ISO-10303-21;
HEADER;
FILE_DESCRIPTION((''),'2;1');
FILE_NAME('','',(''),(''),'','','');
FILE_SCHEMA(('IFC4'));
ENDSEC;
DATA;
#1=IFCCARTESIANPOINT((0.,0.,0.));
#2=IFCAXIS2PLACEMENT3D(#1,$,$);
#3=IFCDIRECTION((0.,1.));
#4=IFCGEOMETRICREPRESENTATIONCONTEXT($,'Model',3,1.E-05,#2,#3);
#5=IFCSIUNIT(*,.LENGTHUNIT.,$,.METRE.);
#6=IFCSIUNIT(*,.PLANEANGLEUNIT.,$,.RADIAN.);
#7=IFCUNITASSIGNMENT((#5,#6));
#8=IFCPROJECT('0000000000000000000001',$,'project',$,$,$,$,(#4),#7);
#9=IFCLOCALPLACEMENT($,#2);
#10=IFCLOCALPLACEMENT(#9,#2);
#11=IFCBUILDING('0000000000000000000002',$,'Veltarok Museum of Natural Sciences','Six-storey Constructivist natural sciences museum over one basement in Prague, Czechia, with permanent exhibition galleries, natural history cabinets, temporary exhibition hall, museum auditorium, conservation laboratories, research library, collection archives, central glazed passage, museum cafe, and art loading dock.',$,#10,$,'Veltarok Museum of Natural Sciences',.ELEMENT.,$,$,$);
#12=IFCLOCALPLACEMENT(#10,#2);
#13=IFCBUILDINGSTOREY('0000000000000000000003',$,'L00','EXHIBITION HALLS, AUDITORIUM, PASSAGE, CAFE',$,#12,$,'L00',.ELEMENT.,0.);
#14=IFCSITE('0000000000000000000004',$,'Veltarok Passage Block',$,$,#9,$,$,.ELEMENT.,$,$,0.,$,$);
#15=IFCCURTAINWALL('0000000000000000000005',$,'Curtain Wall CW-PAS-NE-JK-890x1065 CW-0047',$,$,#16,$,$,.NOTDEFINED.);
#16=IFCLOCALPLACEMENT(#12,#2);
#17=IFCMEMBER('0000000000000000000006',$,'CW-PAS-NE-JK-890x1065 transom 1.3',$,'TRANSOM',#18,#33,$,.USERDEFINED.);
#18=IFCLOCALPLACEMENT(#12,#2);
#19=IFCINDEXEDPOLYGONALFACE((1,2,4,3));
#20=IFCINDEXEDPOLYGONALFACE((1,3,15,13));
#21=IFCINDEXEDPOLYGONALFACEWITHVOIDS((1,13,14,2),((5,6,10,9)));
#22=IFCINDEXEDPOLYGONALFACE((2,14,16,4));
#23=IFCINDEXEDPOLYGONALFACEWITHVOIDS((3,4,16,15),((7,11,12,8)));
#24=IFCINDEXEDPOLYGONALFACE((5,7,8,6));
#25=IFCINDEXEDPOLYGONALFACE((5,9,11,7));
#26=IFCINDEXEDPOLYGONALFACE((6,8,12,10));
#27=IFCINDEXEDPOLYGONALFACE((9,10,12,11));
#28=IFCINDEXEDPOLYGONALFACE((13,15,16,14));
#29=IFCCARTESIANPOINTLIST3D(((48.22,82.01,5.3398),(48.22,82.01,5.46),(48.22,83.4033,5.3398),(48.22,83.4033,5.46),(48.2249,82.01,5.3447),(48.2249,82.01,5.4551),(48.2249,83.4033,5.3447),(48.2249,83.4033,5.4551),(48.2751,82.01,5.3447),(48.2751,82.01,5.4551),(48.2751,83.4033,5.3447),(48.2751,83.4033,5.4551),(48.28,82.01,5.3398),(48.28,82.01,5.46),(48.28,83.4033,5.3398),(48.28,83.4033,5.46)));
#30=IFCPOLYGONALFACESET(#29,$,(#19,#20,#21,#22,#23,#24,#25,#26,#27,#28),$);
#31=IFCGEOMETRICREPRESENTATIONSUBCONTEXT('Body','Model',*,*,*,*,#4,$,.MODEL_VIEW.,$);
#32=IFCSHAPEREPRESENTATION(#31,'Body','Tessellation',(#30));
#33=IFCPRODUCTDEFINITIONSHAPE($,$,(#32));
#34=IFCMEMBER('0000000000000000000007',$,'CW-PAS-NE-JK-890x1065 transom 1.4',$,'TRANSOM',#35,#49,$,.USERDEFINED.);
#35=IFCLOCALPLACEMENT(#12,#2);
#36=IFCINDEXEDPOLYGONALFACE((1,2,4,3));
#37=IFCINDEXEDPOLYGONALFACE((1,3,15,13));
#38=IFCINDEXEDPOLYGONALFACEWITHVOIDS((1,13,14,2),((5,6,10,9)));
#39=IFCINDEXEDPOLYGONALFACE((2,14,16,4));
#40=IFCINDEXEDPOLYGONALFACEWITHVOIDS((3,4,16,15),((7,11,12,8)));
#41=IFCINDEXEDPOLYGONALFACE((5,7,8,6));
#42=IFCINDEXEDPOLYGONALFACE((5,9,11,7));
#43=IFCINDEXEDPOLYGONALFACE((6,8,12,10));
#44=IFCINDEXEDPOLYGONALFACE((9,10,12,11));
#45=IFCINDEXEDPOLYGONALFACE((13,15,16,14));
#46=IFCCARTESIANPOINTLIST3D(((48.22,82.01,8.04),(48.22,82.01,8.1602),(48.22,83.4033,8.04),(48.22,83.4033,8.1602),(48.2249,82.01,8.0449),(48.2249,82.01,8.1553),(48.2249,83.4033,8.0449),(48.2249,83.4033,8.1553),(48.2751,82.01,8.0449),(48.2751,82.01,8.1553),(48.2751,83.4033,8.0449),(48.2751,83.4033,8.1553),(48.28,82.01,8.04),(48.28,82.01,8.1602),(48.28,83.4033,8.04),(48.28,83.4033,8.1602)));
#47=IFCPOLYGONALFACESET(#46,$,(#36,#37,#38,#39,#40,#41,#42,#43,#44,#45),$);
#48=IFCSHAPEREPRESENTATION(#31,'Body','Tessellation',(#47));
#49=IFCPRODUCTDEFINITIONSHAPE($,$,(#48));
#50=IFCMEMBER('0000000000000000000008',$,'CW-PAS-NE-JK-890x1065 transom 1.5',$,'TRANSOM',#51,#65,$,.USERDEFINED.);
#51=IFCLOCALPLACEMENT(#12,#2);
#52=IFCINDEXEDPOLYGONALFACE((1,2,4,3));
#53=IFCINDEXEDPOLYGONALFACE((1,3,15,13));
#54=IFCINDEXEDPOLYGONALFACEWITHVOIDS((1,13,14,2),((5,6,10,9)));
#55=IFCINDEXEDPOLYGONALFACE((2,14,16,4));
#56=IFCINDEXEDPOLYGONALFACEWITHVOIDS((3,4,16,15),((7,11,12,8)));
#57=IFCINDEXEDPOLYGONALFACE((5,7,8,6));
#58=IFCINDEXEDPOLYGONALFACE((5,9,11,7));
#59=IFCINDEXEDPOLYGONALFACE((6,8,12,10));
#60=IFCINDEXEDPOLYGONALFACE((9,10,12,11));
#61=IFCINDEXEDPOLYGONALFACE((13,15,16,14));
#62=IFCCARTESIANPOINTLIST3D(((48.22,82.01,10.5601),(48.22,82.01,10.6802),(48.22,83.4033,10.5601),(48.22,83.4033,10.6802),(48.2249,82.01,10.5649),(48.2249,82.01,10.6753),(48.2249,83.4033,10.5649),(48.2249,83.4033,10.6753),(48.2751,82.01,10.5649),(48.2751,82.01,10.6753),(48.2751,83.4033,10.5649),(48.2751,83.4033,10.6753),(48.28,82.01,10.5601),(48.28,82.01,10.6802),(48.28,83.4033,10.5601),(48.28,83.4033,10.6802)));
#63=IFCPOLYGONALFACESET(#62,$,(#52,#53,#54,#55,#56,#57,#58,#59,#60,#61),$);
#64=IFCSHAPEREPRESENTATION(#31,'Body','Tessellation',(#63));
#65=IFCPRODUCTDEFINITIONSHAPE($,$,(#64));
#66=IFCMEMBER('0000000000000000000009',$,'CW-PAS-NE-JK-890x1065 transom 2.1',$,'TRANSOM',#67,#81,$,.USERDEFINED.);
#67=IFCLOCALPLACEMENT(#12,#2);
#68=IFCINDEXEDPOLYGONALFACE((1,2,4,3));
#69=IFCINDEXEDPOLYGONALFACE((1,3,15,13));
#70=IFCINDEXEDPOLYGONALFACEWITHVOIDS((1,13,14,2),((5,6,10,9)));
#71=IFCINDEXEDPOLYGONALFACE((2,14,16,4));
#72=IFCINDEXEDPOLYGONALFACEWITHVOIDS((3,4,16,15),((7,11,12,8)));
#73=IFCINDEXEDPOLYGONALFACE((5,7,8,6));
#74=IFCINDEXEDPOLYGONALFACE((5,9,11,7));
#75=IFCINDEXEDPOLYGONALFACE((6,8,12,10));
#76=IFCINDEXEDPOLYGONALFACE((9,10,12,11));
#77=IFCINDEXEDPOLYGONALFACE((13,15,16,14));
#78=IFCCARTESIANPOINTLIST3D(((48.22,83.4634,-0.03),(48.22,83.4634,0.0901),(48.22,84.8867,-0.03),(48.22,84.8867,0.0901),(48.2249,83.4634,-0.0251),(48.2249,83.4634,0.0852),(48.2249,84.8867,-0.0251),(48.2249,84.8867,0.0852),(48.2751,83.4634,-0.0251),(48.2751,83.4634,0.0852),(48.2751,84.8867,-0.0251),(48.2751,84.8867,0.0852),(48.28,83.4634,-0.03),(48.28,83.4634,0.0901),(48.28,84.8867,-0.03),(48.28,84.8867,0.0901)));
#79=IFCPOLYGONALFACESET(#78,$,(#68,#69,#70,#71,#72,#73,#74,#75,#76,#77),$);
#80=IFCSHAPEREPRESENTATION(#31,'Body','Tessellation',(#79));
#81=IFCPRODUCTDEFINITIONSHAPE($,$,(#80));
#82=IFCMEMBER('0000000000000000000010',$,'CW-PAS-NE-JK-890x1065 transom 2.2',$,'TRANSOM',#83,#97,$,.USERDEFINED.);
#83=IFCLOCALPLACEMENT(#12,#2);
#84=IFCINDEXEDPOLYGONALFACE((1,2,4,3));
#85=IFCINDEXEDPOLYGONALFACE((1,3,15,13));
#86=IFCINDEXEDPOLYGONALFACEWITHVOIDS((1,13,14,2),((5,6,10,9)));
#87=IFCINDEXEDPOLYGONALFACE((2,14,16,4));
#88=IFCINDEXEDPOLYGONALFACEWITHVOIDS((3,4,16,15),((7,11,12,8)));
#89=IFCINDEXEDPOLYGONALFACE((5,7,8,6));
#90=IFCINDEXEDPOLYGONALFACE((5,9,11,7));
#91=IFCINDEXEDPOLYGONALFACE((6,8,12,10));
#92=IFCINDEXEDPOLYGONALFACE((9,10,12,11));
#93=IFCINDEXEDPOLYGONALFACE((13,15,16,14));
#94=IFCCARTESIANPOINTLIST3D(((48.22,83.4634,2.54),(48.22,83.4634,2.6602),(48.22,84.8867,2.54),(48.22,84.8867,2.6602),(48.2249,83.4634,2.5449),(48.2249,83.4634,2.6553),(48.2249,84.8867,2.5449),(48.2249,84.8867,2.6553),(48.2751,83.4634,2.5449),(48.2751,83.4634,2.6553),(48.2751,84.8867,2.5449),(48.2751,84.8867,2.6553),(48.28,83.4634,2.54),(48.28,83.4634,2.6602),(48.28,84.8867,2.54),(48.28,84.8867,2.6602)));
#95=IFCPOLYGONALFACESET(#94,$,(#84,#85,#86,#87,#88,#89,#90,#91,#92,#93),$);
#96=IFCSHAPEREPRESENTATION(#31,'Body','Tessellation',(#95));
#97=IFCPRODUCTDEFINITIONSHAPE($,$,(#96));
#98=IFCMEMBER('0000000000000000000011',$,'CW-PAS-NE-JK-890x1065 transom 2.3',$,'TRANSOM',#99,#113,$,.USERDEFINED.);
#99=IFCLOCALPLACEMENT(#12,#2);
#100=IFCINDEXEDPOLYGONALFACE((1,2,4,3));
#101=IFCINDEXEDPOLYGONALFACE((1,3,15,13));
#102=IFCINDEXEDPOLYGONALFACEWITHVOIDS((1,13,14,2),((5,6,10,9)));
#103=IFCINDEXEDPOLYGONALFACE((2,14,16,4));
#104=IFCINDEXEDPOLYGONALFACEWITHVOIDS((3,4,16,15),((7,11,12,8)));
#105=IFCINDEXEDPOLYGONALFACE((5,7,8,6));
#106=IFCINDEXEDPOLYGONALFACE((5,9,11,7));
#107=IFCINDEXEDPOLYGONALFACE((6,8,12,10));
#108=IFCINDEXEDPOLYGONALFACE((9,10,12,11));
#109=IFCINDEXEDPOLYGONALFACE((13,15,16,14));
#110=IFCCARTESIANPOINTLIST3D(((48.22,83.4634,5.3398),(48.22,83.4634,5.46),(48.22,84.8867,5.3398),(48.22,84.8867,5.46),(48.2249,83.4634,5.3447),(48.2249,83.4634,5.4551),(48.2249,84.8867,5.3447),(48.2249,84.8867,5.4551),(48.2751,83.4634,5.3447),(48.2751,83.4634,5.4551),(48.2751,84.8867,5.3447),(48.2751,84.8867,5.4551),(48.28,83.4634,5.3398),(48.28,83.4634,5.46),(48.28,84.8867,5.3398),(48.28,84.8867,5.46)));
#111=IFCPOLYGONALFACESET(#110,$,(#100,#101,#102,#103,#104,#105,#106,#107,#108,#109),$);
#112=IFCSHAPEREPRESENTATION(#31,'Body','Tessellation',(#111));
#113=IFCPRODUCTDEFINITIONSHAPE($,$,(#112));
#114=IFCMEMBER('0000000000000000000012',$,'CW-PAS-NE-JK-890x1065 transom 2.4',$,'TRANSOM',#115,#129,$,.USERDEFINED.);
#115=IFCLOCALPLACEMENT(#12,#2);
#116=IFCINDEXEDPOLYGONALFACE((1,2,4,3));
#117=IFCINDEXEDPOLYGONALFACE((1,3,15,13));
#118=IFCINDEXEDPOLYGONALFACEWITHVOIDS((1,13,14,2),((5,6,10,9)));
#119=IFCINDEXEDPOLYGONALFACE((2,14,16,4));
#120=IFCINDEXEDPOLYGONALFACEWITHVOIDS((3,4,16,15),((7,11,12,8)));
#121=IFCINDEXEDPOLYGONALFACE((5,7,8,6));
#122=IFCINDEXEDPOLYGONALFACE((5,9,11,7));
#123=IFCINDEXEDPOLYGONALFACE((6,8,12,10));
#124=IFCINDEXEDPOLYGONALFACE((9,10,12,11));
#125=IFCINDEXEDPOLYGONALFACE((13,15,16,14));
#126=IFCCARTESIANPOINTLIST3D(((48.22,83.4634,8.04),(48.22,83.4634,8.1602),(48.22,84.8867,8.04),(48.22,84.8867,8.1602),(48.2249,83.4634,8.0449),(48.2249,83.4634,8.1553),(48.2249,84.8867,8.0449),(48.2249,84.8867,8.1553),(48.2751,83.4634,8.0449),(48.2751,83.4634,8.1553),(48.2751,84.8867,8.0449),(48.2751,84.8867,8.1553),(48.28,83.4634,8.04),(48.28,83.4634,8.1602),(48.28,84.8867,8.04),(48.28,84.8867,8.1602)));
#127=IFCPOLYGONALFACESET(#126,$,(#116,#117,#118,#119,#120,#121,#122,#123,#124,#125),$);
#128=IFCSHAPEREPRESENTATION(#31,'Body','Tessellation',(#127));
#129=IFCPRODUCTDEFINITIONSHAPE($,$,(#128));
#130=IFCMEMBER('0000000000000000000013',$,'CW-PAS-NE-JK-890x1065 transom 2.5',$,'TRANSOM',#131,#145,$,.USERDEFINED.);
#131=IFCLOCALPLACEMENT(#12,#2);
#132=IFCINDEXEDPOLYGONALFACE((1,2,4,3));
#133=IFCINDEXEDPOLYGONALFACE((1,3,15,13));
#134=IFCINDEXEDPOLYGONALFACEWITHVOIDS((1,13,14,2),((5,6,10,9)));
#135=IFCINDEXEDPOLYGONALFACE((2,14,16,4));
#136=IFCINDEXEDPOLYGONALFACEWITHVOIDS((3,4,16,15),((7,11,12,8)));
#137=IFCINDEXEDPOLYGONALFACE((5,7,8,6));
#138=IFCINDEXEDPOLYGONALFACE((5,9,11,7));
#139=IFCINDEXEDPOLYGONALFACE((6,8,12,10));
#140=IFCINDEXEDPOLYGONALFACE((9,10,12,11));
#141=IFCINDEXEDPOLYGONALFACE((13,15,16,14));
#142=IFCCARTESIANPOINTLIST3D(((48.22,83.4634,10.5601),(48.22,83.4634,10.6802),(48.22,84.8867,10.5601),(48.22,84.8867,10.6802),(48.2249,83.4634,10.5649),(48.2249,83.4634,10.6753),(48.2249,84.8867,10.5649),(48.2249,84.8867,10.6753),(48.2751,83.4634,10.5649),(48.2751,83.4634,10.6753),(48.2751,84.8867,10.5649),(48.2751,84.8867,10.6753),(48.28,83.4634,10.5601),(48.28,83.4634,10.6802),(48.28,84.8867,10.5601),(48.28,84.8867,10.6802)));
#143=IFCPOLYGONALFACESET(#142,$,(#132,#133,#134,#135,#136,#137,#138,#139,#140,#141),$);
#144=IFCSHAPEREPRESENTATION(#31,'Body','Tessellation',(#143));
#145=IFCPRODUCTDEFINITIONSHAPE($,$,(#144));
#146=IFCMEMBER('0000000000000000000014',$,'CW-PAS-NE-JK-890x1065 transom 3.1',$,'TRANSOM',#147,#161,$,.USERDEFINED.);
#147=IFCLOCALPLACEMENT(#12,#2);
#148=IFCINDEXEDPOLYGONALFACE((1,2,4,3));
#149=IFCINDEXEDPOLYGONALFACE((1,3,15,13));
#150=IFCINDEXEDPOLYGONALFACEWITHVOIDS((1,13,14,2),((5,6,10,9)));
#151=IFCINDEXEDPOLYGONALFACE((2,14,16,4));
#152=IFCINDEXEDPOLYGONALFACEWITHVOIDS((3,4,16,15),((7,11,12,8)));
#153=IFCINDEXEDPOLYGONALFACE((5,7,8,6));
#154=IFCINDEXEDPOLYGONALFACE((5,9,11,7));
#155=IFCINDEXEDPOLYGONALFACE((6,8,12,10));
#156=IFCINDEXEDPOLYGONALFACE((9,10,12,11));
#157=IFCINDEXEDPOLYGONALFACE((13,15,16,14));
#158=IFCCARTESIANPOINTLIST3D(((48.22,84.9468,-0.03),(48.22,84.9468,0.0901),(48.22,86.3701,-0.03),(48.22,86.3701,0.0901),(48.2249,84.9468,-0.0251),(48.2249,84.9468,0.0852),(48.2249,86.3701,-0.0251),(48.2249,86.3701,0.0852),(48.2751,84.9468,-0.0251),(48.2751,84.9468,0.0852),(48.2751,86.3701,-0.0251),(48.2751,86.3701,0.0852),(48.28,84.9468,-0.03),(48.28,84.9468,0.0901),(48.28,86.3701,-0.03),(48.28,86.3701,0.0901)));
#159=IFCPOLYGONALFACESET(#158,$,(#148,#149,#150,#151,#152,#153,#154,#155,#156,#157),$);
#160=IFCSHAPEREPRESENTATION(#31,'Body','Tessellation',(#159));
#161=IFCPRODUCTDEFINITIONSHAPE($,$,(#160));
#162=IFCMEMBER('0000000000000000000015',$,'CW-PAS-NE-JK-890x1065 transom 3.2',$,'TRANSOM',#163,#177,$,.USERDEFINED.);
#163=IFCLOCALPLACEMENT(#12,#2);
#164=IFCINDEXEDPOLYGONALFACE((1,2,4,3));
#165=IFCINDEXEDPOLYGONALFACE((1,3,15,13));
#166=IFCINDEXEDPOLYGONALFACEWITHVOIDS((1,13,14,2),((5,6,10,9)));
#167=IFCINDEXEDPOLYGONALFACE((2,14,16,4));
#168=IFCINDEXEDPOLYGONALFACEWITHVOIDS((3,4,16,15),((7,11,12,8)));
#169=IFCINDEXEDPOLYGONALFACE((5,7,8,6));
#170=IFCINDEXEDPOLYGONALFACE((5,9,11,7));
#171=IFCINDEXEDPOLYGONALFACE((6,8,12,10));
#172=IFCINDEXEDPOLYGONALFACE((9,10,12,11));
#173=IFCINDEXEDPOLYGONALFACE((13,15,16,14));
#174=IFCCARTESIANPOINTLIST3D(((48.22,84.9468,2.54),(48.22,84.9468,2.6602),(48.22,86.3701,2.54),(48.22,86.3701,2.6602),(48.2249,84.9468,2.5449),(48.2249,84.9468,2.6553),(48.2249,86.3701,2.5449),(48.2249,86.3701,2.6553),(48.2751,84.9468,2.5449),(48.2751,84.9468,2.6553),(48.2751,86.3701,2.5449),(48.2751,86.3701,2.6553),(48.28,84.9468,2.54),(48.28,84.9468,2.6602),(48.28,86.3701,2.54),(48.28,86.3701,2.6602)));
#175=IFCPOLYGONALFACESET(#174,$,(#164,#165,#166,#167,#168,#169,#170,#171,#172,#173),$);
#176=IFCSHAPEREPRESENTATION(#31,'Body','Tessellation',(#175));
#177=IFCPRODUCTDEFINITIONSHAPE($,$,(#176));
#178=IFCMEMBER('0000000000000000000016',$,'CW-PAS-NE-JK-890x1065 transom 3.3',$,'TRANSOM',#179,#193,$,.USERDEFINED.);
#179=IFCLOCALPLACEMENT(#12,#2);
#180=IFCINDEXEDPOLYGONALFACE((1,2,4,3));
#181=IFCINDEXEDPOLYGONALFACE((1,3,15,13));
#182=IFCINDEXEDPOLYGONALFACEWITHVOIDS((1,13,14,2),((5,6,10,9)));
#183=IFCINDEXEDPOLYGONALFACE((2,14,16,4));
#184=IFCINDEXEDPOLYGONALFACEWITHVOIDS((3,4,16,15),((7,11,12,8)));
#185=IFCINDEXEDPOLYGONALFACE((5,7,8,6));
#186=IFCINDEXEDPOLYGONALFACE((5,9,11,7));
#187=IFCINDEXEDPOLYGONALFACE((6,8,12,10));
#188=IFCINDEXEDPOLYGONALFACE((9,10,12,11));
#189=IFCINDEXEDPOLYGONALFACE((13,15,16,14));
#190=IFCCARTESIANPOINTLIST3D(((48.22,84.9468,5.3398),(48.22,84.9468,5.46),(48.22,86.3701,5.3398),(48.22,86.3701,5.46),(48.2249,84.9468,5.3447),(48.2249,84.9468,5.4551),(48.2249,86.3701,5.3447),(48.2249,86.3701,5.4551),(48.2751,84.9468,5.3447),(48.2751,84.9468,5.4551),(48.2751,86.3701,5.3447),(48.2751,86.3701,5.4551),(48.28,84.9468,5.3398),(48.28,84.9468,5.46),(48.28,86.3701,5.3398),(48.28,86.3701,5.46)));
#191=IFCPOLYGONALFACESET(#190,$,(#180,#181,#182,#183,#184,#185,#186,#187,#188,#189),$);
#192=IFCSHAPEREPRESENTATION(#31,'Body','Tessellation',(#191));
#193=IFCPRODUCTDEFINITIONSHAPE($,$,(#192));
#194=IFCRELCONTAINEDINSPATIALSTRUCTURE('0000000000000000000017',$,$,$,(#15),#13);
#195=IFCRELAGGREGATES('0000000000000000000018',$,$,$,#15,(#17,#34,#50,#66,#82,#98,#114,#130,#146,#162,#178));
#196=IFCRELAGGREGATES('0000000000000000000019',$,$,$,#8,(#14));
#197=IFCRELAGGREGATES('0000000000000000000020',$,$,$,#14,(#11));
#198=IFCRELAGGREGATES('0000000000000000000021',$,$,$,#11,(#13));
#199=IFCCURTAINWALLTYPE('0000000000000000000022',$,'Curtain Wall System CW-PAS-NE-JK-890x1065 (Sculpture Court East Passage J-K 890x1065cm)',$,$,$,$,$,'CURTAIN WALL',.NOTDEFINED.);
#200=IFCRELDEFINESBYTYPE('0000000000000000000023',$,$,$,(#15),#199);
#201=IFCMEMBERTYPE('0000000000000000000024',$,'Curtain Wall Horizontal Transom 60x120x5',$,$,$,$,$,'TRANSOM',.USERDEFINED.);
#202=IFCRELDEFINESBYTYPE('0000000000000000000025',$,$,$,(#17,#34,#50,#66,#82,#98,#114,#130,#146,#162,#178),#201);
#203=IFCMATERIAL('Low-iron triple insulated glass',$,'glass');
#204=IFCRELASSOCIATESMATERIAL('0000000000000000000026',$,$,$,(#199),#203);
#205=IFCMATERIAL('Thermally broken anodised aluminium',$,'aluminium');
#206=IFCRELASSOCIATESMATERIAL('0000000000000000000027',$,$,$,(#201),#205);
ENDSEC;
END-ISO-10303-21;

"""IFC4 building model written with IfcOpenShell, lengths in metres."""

from ifc_helpers import new_model, si_unit, direction, frame, origin, origin_2d, place, context, subcontext, project, spatial, hollow_rectangle, extrude, material, material_profile, profile_set, type_object, element, aggregate, save


model = new_model("IFC4")

# Units and contexts
model_context = context("Model", 3, precision=1e-05, world=origin(), true_north=direction((0.0, 1.0)))
body_context = subcontext(model_context, "Body", "Model", "MODEL_VIEW")
ifc_project = project(units=[si_unit("LENGTHUNIT", "METRE"), si_unit("PLANEANGLEUNIT", "RADIAN")], contexts=[model_context])

# Site, building, storey
site_placement = place(None, origin())
site = spatial("IfcSite", under=ifc_project, at=site_placement, Name="Veltarok Passage Block", CompositionType="ELEMENT", RefElevation=0.0)
building_placement = place(site_placement, origin())
building = spatial("IfcBuilding", under=site, at=building_placement, Name="Veltarok Museum of Natural Sciences", Description="Six-storey Constructivist natural sciences museum over one basement in Prague, Czechia, with permanent exhibition galleries, natural history cabinets, temporary exhibition hall, museum auditorium, conservation laboratories, research library, collection archives, central glazed passage, museum cafe, and art loading dock.", LongName="Veltarok Museum of Natural Sciences", CompositionType="ELEMENT")
storey_placement = place(building_placement, origin())
storey = spatial("IfcBuildingStorey", under=building, at=storey_placement, Name="L00", Description="EXHIBITION HALLS, AUDITORIUM, PASSAGE, CAFE", LongName="L00", CompositionType="ELEMENT", Elevation=0.0)

# Curtain wall, members
ifc_material_1 = material(Name="Low-iron triple insulated glass", Category="glass")
curtain_wall_type = type_object("IfcCurtainWallType", Name="Curtain Wall System CW-PAS-NE-JK-890x1065 (Sculpture Court East Passage J-K 890x1065cm)", ElementType="CURTAIN WALL", PredefinedType="NOTDEFINED", material=ifc_material_1)
curtain_wall_placement = place(storey_placement, origin())
curtain_wall = element("IfcCurtainWall", 1, at=curtain_wall_placement, inside=storey, type_object=curtain_wall_type, Name="Curtain Wall CW-PAS-NE-JK-890x1065 CW-0047", PredefinedType="NOTDEFINED")
ifc_material_2 = material(Name="Thermally broken anodised aluminium", Category="aluminium")
ifc_material_profile_1 = material_profile(ifc_material_2, hollow_rectangle(XDim=0.0601, YDim=0.1201, WallThickness=0.0049, at=origin_2d()), Name="CW TRANSOM 60x120x5")
ifc_profile_set_1 = profile_set([ifc_material_profile_1], Name="Thermally broken anodised aluminium")
member_type_1 = type_object("IfcMemberType", Name="Curtain Wall Horizontal Transom 60x120x5", ElementType="TRANSOM", PredefinedType="USERDEFINED", material=ifc_profile_set_1)
member_1_placement = place(storey_placement, frame((48.25, 82.01, 5.3999), z_axis=(0.0, 1.0, 0.0), x_axis=(-1.0, 0.0, 0.0)))
member_1 = element("IfcMember", 2, at=member_1_placement, type_object=member_type_1, Name="CW-PAS-NE-JK-890x1065 transom 1.3", ObjectType="TRANSOM", PredefinedType="USERDEFINED", context=body_context, shape_type="SweptSolid", body=[
    extrude(hollow_rectangle(XDim=0.0601, YDim=0.1201, WallThickness=0.0049, at=origin_2d()), origin(), (0.0, 0.0, 1.0), 1.3933),
])
member_2_placement = place(storey_placement, frame((48.25, 82.01, 8.1001), z_axis=(0.0, 1.0, 0.0), x_axis=(-1.0, 0.0, 0.0)))
member_2 = element("IfcMember", 3, at=member_2_placement, type_object=member_type_1, Name="CW-PAS-NE-JK-890x1065 transom 1.4", ObjectType="TRANSOM", PredefinedType="USERDEFINED", context=body_context, shape_type="SweptSolid", body=[
    extrude(hollow_rectangle(XDim=0.0601, YDim=0.1201, WallThickness=0.0049, at=origin_2d()), origin(), (0.0, 0.0, 1.0), 1.3933),
])
member_3_placement = place(storey_placement, frame((48.25, 82.01, 10.6201), z_axis=(0.0, 1.0, 0.0), x_axis=(-1.0, 0.0, 0.0)))
member_3 = element("IfcMember", 4, at=member_3_placement, type_object=member_type_1, Name="CW-PAS-NE-JK-890x1065 transom 1.5", ObjectType="TRANSOM", PredefinedType="USERDEFINED", context=body_context, shape_type="SweptSolid", body=[
    extrude(hollow_rectangle(XDim=0.0601, YDim=0.1201, WallThickness=0.0049, at=origin_2d()), origin(), (0.0, 0.0, 1.0), 1.3933),
])
member_4_placement = place(storey_placement, frame((48.25, 83.4634, 0.03), z_axis=(0.0, 1.0, 0.0), x_axis=(-1.0, 0.0, 0.0)))
member_4 = element("IfcMember", 5, at=member_4_placement, type_object=member_type_1, Name="CW-PAS-NE-JK-890x1065 transom 2.1", ObjectType="TRANSOM", PredefinedType="USERDEFINED", context=body_context, shape_type="SweptSolid", body=[
    extrude(hollow_rectangle(XDim=0.0601, YDim=0.1201, WallThickness=0.0049, at=origin_2d()), origin(), (0.0, 0.0, 1.0), 1.4233),
])
member_5_placement = place(storey_placement, frame((48.25, 83.4634, 2.6001), z_axis=(0.0, 1.0, 0.0), x_axis=(-1.0, 0.0, 0.0)))
member_5 = element("IfcMember", 6, at=member_5_placement, type_object=member_type_1, Name="CW-PAS-NE-JK-890x1065 transom 2.2", ObjectType="TRANSOM", PredefinedType="USERDEFINED", context=body_context, shape_type="SweptSolid", body=[
    extrude(hollow_rectangle(XDim=0.0601, YDim=0.1201, WallThickness=0.0049, at=origin_2d()), origin(), (0.0, 0.0, 1.0), 1.4233),
])
member_6_placement = place(storey_placement, frame((48.25, 83.4634, 5.3999), z_axis=(0.0, 1.0, 0.0), x_axis=(-1.0, 0.0, 0.0)))
member_6 = element("IfcMember", 7, at=member_6_placement, type_object=member_type_1, Name="CW-PAS-NE-JK-890x1065 transom 2.3", ObjectType="TRANSOM", PredefinedType="USERDEFINED", context=body_context, shape_type="SweptSolid", body=[
    extrude(hollow_rectangle(XDim=0.0601, YDim=0.1201, WallThickness=0.0049, at=origin_2d()), origin(), (0.0, 0.0, 1.0), 1.4233),
])
member_7_placement = place(storey_placement, frame((48.25, 83.4634, 8.1001), z_axis=(0.0, 1.0, 0.0), x_axis=(-1.0, 0.0, 0.0)))
member_7 = element("IfcMember", 8, at=member_7_placement, type_object=member_type_1, Name="CW-PAS-NE-JK-890x1065 transom 2.4", ObjectType="TRANSOM", PredefinedType="USERDEFINED", context=body_context, shape_type="SweptSolid", body=[
    extrude(hollow_rectangle(XDim=0.0601, YDim=0.1201, WallThickness=0.0049, at=origin_2d()), origin(), (0.0, 0.0, 1.0), 1.4233),
])
member_8_placement = place(storey_placement, frame((48.25, 83.4634, 10.6201), z_axis=(0.0, 1.0, 0.0), x_axis=(-1.0, 0.0, 0.0)))
member_8 = element("IfcMember", 9, at=member_8_placement, type_object=member_type_1, Name="CW-PAS-NE-JK-890x1065 transom 2.5", ObjectType="TRANSOM", PredefinedType="USERDEFINED", context=body_context, shape_type="SweptSolid", body=[
    extrude(hollow_rectangle(XDim=0.0601, YDim=0.1201, WallThickness=0.0049, at=origin_2d()), origin(), (0.0, 0.0, 1.0), 1.4233),
])
member_9_placement = place(storey_placement, frame((48.25, 84.9468, 0.03), z_axis=(0.0, 1.0, 0.0), x_axis=(-1.0, 0.0, 0.0)))
member_9 = element("IfcMember", 10, at=member_9_placement, type_object=member_type_1, Name="CW-PAS-NE-JK-890x1065 transom 3.1", ObjectType="TRANSOM", PredefinedType="USERDEFINED", context=body_context, shape_type="SweptSolid", body=[
    extrude(hollow_rectangle(XDim=0.0601, YDim=0.1201, WallThickness=0.0049, at=origin_2d()), origin(), (0.0, 0.0, 1.0), 1.4233),
])
member_10_placement = place(storey_placement, frame((48.25, 84.9468, 2.6001), z_axis=(0.0, 1.0, 0.0), x_axis=(-1.0, 0.0, 0.0)))
member_10 = element("IfcMember", 11, at=member_10_placement, type_object=member_type_1, Name="CW-PAS-NE-JK-890x1065 transom 3.2", ObjectType="TRANSOM", PredefinedType="USERDEFINED", context=body_context, shape_type="SweptSolid", body=[
    extrude(hollow_rectangle(XDim=0.0601, YDim=0.1201, WallThickness=0.0049, at=origin_2d()), origin(), (0.0, 0.0, 1.0), 1.4233),
])
member_11_placement = place(storey_placement, frame((48.25, 84.9468, 5.3999), z_axis=(0.0, 1.0, 0.0), x_axis=(-1.0, 0.0, 0.0)))
member_11 = element("IfcMember", 12, at=member_11_placement, type_object=member_type_1, Name="CW-PAS-NE-JK-890x1065 transom 3.3", ObjectType="TRANSOM", PredefinedType="USERDEFINED", context=body_context, shape_type="SweptSolid", body=[
    extrude(hollow_rectangle(XDim=0.0601, YDim=0.1201, WallThickness=0.0049, at=origin_2d()), origin(), (0.0, 0.0, 1.0), 1.4233),
])
aggregate(curtain_wall, [member_1, member_2, member_3, member_4, member_5, member_6, member_7, member_8, member_9, member_10, member_11])

save(model, "model.ifc")
